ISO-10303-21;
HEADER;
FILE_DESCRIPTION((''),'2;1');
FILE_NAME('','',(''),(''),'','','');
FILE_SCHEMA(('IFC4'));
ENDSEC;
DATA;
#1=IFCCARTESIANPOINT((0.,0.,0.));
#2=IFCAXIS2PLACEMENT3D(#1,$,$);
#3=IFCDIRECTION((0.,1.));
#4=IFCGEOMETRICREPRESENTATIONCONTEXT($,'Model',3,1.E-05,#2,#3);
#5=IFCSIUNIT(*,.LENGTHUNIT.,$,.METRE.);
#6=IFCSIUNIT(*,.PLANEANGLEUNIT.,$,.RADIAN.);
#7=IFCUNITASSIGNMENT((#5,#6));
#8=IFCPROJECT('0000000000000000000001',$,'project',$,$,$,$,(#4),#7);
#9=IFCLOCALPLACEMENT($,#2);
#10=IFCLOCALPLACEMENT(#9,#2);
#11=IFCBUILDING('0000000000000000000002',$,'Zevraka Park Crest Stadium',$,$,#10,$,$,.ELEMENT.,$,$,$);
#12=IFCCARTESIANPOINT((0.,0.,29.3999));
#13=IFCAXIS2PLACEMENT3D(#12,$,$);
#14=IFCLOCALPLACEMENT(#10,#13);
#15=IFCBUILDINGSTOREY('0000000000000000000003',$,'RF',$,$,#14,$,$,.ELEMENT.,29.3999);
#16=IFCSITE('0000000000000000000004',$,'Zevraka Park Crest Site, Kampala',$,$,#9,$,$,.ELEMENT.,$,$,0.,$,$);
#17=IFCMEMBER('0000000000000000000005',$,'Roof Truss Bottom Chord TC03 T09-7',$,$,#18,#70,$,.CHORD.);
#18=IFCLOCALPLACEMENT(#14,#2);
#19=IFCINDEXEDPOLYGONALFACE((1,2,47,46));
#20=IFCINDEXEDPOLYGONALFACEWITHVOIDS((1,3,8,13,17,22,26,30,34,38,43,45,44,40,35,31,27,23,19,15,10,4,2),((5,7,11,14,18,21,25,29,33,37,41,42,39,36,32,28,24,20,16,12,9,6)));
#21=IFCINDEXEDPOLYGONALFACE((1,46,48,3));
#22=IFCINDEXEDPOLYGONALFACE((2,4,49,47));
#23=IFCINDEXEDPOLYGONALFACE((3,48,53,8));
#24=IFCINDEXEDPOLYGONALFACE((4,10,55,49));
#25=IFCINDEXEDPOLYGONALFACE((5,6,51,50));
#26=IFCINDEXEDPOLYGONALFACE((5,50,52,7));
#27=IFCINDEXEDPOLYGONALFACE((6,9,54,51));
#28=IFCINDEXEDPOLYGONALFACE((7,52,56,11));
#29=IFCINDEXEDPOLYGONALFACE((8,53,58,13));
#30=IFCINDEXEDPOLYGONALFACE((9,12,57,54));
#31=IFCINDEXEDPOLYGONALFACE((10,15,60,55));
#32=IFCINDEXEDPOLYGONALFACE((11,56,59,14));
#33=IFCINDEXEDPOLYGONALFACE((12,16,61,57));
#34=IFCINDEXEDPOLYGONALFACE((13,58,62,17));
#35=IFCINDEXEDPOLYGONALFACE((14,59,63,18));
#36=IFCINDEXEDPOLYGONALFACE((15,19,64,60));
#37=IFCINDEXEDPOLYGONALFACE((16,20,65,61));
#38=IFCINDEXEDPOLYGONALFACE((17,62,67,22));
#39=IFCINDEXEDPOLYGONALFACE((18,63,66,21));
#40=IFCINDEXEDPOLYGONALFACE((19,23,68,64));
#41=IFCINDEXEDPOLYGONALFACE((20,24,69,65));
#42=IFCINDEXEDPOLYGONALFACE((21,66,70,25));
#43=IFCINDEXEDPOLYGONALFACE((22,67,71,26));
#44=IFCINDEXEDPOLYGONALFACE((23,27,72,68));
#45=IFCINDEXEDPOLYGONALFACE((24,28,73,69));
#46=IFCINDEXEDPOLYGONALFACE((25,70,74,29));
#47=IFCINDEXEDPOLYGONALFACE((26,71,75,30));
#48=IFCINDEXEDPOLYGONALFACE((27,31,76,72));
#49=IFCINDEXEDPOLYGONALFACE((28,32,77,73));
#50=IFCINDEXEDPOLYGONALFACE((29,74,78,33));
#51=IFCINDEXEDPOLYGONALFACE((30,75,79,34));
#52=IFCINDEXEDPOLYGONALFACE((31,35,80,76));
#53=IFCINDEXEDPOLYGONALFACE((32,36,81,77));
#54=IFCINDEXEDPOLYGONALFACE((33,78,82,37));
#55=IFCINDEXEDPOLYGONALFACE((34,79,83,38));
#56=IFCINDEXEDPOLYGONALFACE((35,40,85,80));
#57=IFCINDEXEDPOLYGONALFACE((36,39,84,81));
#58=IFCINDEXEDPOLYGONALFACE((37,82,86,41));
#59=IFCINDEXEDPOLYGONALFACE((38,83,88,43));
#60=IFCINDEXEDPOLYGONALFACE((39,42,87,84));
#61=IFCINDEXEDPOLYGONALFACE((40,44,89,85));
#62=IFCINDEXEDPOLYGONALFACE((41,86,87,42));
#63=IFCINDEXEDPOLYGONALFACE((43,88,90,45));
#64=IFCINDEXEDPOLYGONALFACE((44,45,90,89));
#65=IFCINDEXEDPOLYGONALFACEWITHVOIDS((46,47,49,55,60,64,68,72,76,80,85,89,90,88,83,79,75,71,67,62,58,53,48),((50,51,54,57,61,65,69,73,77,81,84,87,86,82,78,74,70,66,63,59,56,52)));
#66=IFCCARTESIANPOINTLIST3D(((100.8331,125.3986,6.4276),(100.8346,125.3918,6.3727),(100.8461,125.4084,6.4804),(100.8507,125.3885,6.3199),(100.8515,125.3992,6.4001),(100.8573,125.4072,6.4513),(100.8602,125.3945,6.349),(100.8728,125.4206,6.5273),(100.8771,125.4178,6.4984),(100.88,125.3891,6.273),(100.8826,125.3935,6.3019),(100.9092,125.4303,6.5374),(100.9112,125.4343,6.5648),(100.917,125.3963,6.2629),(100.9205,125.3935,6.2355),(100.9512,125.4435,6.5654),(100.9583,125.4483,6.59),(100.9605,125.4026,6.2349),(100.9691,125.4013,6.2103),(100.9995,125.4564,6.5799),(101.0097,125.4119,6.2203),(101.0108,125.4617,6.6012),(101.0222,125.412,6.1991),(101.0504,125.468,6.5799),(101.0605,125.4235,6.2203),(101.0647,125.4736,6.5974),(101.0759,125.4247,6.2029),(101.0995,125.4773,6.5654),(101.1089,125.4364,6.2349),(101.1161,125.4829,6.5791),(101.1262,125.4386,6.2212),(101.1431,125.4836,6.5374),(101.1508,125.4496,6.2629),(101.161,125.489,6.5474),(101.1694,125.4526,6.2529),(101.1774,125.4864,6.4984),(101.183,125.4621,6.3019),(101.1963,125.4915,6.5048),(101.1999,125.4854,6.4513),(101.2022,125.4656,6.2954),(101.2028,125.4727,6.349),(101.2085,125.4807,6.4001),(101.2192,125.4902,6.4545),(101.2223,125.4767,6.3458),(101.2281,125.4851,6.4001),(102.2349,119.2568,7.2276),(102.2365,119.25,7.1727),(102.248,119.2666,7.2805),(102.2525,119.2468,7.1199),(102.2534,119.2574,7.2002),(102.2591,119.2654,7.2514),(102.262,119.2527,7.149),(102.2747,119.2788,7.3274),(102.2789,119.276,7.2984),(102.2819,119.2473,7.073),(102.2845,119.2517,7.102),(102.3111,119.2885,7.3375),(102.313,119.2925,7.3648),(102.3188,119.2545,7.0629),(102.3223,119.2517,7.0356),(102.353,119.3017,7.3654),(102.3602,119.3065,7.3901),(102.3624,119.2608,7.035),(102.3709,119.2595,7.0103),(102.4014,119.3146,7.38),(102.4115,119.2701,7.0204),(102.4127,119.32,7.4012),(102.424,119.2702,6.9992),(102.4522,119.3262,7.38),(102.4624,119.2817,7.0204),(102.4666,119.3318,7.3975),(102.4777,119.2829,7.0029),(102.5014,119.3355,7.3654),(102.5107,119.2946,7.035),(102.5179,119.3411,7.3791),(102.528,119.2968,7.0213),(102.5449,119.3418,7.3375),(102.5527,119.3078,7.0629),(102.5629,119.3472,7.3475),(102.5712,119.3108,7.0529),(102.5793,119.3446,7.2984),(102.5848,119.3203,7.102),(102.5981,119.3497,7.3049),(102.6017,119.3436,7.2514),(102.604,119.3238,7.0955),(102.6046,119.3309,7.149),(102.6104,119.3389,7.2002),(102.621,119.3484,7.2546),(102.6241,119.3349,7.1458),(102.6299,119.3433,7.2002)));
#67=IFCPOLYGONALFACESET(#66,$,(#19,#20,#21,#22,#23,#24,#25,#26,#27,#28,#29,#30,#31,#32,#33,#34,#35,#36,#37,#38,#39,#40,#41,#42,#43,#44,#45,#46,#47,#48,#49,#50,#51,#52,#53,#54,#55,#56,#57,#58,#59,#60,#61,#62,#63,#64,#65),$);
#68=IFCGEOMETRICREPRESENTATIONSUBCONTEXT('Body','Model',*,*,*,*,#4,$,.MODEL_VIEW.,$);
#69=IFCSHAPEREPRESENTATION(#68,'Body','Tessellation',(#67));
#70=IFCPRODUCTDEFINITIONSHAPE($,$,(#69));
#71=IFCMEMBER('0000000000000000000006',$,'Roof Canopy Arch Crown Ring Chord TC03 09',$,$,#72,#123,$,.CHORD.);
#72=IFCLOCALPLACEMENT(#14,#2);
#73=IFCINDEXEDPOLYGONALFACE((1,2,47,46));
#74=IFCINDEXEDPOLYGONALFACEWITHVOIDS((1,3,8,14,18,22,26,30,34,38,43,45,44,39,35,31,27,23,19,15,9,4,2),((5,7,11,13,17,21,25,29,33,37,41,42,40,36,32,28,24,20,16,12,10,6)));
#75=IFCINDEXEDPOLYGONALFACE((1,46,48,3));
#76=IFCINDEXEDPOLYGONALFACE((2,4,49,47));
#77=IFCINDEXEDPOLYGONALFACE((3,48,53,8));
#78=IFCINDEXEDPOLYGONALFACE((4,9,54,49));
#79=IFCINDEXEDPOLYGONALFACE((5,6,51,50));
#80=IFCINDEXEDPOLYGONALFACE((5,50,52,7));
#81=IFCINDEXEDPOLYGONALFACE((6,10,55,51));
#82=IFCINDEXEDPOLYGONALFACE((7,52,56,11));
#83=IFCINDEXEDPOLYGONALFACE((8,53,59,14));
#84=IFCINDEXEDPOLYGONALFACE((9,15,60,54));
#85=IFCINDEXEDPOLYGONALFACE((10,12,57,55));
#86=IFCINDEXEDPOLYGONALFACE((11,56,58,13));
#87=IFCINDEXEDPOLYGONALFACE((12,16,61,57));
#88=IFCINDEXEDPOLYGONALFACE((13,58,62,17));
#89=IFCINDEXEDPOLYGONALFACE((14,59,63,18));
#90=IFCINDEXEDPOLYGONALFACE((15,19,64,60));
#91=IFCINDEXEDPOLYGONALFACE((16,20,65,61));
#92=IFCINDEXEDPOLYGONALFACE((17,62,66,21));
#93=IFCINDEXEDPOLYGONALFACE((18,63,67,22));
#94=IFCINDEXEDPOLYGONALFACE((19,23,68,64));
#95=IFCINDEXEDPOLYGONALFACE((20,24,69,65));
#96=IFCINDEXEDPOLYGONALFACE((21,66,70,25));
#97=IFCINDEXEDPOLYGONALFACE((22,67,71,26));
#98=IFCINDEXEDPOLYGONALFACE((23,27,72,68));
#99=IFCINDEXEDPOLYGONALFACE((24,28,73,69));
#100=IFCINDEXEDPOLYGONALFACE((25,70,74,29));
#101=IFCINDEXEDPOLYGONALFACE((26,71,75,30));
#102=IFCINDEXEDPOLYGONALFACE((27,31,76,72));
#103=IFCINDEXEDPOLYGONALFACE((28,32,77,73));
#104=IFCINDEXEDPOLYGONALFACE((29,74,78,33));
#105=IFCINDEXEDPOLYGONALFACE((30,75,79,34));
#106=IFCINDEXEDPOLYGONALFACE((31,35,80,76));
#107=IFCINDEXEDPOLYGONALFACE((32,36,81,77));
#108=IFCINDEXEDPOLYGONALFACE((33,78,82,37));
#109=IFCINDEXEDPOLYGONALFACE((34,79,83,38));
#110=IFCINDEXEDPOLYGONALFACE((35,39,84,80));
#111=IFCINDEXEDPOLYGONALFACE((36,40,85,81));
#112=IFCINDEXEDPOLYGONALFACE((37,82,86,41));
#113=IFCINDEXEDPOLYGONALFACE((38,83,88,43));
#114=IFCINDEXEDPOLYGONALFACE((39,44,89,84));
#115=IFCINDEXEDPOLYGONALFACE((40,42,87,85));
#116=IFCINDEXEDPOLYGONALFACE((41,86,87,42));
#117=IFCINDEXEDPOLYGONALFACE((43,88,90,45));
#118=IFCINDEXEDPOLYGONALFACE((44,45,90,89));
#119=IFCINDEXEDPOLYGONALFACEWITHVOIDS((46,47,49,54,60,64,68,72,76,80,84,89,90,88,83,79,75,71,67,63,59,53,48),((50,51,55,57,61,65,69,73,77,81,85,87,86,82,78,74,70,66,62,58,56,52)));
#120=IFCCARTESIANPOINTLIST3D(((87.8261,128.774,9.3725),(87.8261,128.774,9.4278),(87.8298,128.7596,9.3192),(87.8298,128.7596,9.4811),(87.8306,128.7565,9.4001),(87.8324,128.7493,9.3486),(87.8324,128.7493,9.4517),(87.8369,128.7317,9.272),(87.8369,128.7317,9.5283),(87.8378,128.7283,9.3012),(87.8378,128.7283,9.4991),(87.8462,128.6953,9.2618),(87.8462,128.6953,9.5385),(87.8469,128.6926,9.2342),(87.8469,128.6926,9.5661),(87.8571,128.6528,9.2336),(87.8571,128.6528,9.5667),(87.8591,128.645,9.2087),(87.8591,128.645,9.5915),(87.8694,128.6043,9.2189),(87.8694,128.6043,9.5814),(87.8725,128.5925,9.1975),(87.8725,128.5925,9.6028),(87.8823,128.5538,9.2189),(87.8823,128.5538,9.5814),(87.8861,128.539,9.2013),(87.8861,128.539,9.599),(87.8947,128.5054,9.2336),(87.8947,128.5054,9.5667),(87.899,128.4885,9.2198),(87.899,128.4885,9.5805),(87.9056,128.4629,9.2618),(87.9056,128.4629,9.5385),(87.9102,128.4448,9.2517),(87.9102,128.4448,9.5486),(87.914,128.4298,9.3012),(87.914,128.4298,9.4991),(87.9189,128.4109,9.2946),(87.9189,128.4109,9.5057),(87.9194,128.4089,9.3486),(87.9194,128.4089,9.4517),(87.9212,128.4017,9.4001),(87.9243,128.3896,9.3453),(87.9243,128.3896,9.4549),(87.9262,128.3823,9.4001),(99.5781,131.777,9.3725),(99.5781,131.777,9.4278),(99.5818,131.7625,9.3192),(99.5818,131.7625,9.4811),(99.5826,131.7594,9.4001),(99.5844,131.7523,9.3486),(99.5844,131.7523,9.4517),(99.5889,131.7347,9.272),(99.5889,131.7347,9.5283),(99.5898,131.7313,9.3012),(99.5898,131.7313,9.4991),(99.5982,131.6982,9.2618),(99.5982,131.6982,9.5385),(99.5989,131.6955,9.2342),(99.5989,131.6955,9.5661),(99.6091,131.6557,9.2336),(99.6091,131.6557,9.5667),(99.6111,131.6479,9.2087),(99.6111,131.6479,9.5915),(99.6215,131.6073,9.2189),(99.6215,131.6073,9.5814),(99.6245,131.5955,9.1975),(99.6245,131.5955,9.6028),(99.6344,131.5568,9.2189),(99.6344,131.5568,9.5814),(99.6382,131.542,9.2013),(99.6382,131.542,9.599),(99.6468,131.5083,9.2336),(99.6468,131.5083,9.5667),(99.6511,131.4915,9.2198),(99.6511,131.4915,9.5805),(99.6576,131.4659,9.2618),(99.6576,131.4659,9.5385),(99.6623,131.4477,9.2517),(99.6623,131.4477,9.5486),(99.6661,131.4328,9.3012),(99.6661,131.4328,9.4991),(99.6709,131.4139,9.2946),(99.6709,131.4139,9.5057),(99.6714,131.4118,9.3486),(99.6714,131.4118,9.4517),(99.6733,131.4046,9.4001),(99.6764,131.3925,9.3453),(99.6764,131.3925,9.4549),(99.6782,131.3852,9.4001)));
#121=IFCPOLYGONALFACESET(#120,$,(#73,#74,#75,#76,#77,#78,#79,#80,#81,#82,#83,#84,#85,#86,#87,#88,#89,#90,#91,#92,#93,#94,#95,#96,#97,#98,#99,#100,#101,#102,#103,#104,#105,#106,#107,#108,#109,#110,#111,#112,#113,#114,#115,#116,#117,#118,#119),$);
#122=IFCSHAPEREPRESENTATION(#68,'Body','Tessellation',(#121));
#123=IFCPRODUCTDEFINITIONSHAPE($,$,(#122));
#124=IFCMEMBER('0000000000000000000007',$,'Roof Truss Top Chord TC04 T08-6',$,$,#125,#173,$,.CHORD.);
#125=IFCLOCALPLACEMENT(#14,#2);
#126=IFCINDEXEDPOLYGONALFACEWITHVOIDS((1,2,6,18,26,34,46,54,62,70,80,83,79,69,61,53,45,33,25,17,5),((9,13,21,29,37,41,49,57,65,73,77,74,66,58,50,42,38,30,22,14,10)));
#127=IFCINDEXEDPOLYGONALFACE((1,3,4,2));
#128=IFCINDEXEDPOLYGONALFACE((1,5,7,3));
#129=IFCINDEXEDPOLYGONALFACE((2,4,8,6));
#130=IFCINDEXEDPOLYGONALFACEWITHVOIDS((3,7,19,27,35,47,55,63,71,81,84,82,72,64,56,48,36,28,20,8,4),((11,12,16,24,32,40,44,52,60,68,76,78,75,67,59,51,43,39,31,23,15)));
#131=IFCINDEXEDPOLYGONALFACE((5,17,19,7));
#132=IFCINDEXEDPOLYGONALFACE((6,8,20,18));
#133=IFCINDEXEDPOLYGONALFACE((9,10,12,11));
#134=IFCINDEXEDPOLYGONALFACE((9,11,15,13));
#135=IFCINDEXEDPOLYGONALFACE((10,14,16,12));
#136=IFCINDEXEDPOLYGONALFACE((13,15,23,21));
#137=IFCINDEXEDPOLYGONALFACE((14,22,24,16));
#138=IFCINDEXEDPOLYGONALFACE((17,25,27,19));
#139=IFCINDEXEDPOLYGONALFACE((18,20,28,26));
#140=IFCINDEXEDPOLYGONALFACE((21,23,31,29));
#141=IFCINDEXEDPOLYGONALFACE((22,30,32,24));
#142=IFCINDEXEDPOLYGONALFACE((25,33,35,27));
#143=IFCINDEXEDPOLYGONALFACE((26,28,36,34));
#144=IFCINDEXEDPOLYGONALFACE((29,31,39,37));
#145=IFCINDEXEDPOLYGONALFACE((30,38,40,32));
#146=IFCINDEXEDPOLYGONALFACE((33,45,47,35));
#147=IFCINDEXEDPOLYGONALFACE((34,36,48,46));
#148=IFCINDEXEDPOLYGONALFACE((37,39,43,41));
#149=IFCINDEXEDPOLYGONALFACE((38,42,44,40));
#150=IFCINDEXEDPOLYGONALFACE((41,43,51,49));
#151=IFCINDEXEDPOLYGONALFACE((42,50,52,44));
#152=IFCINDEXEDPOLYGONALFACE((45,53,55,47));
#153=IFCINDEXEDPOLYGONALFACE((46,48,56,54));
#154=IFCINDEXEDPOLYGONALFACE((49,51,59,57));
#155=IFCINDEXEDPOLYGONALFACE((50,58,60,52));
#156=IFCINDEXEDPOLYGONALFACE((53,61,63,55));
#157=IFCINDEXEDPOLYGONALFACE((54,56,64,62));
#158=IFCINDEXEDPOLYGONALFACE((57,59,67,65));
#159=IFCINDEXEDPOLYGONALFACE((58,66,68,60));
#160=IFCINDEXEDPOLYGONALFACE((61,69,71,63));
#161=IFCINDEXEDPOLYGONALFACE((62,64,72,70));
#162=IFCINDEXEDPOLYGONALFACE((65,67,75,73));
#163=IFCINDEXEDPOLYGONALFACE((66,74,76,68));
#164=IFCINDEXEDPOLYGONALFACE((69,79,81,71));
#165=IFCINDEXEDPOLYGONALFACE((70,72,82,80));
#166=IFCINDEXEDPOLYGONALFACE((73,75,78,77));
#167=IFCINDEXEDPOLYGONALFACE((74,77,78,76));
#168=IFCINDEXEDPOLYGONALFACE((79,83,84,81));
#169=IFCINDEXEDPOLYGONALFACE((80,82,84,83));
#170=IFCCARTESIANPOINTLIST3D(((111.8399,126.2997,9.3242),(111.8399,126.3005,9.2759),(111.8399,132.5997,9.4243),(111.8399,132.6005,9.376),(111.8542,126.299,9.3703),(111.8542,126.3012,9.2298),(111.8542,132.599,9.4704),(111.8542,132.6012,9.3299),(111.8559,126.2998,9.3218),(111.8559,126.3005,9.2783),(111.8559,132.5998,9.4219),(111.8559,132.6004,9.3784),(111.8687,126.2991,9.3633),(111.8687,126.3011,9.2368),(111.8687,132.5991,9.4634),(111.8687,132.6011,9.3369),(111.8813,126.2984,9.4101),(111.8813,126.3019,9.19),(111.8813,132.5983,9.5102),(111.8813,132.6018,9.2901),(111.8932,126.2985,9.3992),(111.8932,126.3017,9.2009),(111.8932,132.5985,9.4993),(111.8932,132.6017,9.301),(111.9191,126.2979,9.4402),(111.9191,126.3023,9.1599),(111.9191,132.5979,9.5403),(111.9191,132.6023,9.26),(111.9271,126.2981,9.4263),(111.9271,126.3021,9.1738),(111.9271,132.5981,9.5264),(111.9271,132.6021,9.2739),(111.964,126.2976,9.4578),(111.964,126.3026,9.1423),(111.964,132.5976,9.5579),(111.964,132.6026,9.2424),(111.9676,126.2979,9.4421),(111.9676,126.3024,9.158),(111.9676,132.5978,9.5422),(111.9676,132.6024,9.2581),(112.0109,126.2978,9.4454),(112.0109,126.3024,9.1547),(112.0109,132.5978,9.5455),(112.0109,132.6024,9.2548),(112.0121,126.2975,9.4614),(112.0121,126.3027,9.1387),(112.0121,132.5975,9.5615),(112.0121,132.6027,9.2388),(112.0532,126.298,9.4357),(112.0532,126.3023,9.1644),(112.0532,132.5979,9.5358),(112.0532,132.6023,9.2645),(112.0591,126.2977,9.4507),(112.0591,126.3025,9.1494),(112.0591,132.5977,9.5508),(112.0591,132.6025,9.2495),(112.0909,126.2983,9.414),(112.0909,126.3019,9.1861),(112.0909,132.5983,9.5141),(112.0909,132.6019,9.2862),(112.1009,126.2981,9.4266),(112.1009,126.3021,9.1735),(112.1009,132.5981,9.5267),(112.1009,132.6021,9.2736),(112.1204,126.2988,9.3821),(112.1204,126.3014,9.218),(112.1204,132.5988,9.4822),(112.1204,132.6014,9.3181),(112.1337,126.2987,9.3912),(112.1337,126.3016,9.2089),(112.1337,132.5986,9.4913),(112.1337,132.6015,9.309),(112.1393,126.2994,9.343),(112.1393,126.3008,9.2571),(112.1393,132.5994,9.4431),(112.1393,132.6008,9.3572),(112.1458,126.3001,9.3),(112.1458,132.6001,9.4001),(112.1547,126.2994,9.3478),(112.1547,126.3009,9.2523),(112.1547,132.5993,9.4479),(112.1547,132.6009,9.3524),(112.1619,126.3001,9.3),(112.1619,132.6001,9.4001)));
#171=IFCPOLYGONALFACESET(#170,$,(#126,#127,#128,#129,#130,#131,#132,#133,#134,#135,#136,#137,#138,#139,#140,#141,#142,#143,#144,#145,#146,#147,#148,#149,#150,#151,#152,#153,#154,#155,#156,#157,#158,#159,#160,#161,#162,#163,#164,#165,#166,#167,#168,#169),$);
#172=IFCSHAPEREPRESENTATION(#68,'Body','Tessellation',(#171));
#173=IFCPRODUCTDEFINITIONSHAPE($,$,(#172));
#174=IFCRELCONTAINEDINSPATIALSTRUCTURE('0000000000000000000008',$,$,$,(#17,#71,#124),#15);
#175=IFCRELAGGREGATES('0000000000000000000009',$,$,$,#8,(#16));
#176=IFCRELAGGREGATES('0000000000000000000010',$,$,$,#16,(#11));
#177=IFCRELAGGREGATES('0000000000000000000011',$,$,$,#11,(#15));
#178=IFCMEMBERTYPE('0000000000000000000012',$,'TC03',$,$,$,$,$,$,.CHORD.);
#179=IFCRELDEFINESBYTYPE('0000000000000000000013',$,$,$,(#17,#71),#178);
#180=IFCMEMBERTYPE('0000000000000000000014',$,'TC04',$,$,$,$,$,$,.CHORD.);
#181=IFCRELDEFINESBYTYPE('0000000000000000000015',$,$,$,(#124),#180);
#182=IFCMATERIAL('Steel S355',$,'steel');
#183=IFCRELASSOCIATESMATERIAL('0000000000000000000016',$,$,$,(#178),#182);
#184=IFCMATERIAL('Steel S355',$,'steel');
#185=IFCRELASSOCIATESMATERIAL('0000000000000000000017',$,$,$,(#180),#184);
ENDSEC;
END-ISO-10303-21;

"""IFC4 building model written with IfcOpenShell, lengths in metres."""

from ifc_helpers import new_model, si_unit, direction, frame, origin, origin_2d, place, context, subcontext, project, spatial, hollow_circle, extrude, material, material_profile, profile_set, type_object, element, save


model = new_model("IFC4")

# Units and contexts
model_context = context("Model", 3, precision=1e-05, world=origin(), true_north=direction((0.0, 1.0)))
body_context = subcontext(model_context, "Body", "Model", "MODEL_VIEW")
ifc_project = project(units=[si_unit("LENGTHUNIT", "METRE"), si_unit("PLANEANGLEUNIT", "RADIAN")], contexts=[model_context])

# Site, building, storey
site_placement = place(None, origin())
site = spatial("IfcSite", under=ifc_project, at=site_placement, Name="Zevraka Park Crest Site, Kampala", CompositionType="ELEMENT", RefElevation=0.0)
building_placement = place(site_placement, origin())
building = spatial("IfcBuilding", under=site, at=building_placement, Name="Zevraka Park Crest Stadium", CompositionType="ELEMENT")
storey_placement = place(building_placement, frame((0.0, 0.0, 29.3999)))
storey = spatial("IfcBuildingStorey", under=building, at=storey_placement, Name="RF", CompositionType="ELEMENT", Elevation=29.3999)

# Members
ifc_material_1 = material(Name="Steel S355", Category="steel")
ifc_material_profile_1 = material_profile(ifc_material_1, hollow_circle(Radius=0.2031, WallThickness=0.02, at=origin_2d()), Name="CHS 406.4x20")
ifc_profile_set_1 = profile_set([ifc_material_profile_1], Name="Steel S355")
member_type_1 = type_object("IfcMemberType", Name="TC03", PredefinedType="CHORD", material=ifc_profile_set_1)
member_1_placement = place(storey_placement, frame((101.03, 125.4399, 6.4001), z_axis=(0.220751, -0.967159, 0.125984), x_axis=(0.974927, 0.222524, 0.0)))
element("IfcMember", 1, at=member_1_placement, inside=storey, type_object=member_type_1, Name="Roof Truss Bottom Chord TC03 T09-7", PredefinedType="CHORD", context=body_context, shape_type="SweptSolid", body=[
    extrude(hollow_circle(Radius=0.2031, WallThickness=0.02, at=origin_2d()), origin(), (0.0, 0.0, 1.0), 6.3503),
])
member_2_placement = place(storey_placement, frame((99.6279, 131.582, 9.4001), z_axis=(-0.96887, -0.247571, 0.0), x_axis=(0.247571, -0.96887, 0.0)))
element("IfcMember", 2, at=member_2_placement, inside=storey, type_object=member_type_1, Name="Roof Canopy Arch Crown Ring Chord TC03 09", PredefinedType="CHORD", context=body_context, shape_type="SweptSolid", body=[
    extrude(hollow_circle(Radius=0.2031, WallThickness=0.02, at=origin_2d()), origin(), (0.0, 0.0, 1.0), 12.1296),
])
ifc_material_2 = material(Name="Steel S355", Category="steel")
ifc_material_profile_2 = material_profile(ifc_material_2, hollow_circle(Radius=0.1619, WallThickness=0.0161, at=origin_2d()), Name="CHS 323.9x16")
ifc_profile_set_2 = profile_set([ifc_material_profile_2], Name="Steel S355")
member_type_2 = type_object("IfcMemberType", Name="TC04", PredefinedType="CHORD", material=ifc_profile_set_2)
member_3_placement = place(storey_placement, frame((112.0, 132.6001, 9.4001), z_axis=(0.0, -0.999874, -0.015886), x_axis=(1.0, 0.0, 0.0)))
element("IfcMember", 3, at=member_3_placement, inside=storey, type_object=member_type_2, Name="Roof Truss Top Chord TC04 T08-6", PredefinedType="CHORD", context=body_context, shape_type="SweptSolid", body=[
    extrude(hollow_circle(Radius=0.1619, WallThickness=0.0161, at=origin_2d()), origin(), (0.0, 0.0, 1.0), 6.3008),
])

save(model, "model.ifc")
